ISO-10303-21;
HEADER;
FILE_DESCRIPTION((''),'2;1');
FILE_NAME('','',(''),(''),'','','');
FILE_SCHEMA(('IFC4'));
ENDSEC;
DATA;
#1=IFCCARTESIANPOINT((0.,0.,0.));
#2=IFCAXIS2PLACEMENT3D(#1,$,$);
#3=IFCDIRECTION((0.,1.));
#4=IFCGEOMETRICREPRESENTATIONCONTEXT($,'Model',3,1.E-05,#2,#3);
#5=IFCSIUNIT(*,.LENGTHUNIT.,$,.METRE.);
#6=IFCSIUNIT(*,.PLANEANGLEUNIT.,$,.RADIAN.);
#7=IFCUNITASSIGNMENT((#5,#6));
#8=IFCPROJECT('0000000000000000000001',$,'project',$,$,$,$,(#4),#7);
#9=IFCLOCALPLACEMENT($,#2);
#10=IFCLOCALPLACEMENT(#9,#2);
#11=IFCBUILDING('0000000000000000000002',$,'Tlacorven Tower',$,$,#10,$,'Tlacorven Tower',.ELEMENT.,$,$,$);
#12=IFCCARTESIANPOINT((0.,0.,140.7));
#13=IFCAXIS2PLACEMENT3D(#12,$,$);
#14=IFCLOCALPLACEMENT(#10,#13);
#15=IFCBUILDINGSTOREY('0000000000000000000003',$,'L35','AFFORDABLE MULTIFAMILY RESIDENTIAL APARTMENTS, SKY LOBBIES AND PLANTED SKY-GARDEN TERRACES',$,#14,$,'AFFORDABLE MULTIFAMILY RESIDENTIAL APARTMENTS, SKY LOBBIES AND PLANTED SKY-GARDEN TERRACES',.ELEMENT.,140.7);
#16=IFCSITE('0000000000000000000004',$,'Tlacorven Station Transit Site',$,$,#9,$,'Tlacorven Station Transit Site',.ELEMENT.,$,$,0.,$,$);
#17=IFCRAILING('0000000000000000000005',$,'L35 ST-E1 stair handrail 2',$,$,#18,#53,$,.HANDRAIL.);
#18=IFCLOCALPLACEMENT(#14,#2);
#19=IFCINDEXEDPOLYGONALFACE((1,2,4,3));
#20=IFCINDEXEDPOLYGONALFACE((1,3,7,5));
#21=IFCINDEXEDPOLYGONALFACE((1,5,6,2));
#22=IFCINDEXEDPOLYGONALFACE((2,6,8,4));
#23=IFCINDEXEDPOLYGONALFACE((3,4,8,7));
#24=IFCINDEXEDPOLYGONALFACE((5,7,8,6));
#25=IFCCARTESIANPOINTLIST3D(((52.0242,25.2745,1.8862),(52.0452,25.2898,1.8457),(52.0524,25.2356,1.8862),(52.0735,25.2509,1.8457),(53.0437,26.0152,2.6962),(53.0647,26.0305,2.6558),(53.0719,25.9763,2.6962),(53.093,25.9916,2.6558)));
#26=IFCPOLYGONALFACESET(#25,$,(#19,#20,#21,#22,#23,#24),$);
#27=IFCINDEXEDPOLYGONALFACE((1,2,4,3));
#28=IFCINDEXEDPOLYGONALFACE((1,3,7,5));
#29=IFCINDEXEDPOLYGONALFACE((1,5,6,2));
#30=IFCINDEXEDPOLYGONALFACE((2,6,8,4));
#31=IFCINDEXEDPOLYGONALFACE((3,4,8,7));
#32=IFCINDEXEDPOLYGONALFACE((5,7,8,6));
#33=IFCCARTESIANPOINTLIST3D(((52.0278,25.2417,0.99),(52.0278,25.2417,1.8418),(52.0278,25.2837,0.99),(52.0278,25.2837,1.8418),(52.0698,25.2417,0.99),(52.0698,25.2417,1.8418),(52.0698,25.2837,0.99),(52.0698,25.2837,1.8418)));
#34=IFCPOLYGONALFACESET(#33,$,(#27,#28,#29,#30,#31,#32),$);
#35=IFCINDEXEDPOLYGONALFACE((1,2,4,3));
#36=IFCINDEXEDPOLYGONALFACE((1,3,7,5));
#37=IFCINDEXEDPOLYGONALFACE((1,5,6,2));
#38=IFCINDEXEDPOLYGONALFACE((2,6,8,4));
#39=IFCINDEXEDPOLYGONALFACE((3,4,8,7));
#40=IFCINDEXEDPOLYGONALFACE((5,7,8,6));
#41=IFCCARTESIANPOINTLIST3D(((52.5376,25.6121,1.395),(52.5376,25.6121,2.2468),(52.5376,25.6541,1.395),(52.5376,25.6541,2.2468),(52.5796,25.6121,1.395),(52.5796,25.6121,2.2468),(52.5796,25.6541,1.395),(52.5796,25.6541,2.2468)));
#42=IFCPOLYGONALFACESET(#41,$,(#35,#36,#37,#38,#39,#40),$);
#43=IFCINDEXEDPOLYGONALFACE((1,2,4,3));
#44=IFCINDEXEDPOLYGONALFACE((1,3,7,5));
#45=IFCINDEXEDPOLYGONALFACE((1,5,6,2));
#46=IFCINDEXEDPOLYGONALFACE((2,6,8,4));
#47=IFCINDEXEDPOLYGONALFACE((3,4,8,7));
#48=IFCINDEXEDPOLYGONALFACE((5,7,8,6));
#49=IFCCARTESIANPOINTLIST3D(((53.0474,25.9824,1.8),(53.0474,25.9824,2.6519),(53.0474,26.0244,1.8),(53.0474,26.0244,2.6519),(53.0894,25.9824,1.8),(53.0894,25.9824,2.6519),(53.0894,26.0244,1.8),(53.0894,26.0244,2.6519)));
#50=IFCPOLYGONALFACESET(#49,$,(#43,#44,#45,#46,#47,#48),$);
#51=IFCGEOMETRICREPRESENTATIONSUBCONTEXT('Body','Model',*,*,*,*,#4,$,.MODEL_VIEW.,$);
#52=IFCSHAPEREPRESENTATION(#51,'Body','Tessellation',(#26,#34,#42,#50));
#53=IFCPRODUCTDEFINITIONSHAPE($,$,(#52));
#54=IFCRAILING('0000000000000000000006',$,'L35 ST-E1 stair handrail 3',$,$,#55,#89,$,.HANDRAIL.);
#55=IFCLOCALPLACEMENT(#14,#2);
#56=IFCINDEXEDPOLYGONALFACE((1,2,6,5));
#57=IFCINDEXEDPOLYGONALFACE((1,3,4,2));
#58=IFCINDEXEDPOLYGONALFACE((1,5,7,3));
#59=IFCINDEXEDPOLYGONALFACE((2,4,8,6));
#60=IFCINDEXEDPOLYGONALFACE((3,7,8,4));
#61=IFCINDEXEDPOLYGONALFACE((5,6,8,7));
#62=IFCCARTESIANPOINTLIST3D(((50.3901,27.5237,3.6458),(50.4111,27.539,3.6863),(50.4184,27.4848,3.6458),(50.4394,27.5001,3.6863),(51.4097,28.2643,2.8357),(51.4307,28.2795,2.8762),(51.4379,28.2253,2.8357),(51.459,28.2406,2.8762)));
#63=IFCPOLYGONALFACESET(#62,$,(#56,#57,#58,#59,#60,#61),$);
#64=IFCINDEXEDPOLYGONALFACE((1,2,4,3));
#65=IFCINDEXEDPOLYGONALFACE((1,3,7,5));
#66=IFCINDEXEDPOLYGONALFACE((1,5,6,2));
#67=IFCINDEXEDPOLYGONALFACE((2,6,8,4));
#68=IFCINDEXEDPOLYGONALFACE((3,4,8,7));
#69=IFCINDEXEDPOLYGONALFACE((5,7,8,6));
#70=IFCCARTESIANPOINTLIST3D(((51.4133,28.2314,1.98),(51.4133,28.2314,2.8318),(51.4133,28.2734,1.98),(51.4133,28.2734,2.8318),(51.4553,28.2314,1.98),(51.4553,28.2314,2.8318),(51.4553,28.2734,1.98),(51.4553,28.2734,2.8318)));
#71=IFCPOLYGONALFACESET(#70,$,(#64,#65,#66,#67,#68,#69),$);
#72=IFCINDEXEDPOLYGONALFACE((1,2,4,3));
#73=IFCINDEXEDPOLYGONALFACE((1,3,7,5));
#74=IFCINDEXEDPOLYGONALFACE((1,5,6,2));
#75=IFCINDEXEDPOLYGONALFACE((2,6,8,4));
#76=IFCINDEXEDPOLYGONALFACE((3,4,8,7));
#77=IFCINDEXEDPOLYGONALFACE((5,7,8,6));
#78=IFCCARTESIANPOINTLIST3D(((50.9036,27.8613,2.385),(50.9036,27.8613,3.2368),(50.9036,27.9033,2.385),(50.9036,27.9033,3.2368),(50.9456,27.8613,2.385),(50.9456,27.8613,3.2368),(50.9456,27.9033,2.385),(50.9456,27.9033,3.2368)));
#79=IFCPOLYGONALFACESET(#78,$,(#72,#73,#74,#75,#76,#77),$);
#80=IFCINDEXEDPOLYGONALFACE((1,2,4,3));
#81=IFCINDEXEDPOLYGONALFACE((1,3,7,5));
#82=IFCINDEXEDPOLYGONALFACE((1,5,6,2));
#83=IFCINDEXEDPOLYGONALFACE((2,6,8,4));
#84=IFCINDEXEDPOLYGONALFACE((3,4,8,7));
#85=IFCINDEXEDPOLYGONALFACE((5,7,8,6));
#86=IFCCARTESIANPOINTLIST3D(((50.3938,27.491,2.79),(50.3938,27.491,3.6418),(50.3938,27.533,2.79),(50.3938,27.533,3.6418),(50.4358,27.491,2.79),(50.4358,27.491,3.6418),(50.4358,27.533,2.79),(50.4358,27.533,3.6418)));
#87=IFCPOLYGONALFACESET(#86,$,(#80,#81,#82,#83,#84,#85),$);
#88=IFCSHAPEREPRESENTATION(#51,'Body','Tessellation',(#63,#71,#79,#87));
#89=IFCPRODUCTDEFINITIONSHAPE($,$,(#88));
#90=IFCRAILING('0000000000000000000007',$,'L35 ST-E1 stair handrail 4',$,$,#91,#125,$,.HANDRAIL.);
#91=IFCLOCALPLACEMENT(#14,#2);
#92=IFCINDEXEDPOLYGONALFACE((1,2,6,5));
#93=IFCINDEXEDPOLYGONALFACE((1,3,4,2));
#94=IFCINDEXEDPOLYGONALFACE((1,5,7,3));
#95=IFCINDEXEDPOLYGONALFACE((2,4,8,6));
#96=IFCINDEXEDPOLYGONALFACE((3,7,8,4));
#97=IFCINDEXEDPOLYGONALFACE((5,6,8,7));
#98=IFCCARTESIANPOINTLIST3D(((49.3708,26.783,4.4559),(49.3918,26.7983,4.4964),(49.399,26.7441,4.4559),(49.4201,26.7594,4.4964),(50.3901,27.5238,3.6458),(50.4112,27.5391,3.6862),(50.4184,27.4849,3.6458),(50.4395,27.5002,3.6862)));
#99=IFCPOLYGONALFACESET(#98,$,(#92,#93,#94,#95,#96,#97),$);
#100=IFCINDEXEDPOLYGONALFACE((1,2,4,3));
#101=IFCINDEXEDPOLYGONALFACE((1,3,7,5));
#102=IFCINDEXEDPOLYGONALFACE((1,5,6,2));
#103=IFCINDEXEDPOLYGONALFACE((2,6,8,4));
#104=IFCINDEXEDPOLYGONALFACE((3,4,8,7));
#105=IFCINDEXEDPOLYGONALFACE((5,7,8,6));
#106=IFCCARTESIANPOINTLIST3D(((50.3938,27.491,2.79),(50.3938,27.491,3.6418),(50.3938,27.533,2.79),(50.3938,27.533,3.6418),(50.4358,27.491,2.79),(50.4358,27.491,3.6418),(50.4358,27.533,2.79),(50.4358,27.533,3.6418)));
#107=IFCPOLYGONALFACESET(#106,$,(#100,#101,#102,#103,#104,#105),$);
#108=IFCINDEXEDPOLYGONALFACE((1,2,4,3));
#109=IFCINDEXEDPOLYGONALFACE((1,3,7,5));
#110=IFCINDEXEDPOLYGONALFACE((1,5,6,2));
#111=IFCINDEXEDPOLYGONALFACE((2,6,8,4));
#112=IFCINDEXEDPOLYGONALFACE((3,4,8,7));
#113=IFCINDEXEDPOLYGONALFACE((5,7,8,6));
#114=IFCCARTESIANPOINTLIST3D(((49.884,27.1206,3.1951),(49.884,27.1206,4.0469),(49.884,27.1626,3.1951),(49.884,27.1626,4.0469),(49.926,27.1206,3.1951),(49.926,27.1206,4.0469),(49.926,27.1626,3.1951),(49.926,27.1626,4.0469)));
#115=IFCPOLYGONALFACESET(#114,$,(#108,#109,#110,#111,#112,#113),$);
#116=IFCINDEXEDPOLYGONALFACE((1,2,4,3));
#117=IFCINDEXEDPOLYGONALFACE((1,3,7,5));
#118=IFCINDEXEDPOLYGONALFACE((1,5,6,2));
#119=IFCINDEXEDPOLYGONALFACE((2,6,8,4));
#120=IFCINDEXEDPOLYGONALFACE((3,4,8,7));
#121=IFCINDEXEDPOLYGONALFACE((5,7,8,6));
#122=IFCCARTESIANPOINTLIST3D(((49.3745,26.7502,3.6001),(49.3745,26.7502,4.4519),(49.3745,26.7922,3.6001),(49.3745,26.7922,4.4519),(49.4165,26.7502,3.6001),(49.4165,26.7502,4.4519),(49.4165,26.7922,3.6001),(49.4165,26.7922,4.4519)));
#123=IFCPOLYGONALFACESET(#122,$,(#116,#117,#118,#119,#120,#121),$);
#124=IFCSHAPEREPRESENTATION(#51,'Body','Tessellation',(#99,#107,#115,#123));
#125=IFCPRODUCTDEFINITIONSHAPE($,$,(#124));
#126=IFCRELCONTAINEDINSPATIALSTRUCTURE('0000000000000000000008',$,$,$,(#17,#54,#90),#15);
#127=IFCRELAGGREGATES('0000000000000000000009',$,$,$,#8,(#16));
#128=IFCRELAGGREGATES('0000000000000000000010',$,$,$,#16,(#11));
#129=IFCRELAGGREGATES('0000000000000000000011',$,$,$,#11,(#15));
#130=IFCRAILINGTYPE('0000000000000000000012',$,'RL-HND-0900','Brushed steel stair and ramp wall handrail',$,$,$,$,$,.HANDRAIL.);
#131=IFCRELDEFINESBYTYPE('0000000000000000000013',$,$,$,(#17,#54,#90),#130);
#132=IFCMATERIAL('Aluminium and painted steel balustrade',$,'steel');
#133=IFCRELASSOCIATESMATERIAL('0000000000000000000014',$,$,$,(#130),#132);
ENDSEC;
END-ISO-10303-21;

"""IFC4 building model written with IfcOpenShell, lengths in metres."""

from ifc_helpers import new_model, si_unit, direction, frame, origin, origin_2d, place, context, subcontext, project, spatial, rectangle, extrude, source, transform, mapped, material, type_object, element, save


model = new_model("IFC4")

# Units and contexts
model_context = context("Model", 3, precision=1e-05, world=origin(), true_north=direction((0.0, 1.0)))
body_context = subcontext(model_context, "Body", "Model", "MODEL_VIEW")
ifc_project = project(units=[si_unit("LENGTHUNIT", "METRE"), si_unit("PLANEANGLEUNIT", "RADIAN")], contexts=[model_context])

# Site, building, storey
site_placement = place(None, origin())
site = spatial("IfcSite", under=ifc_project, at=site_placement, Name="Tlacorven Station Transit Site", LongName="Tlacorven Station Transit Site", CompositionType="ELEMENT", RefElevation=0.0)
building_placement = place(site_placement, origin())
building = spatial("IfcBuilding", under=site, at=building_placement, Name="Tlacorven Tower", LongName="Tlacorven Tower", CompositionType="ELEMENT")
storey_placement = place(building_placement, frame((0.0, 0.0, 140.7)))
storey = spatial("IfcBuildingStorey", under=building, at=storey_placement, Name="L35", Description="AFFORDABLE MULTIFAMILY RESIDENTIAL APARTMENTS, SKY LOBBIES AND PLANTED SKY-GARDEN TERRACES", LongName="AFFORDABLE MULTIFAMILY RESIDENTIAL APARTMENTS, SKY LOBBIES AND PLANTED SKY-GARDEN TERRACES", CompositionType="ELEMENT", Elevation=140.7)

# Railings
ifc_material_1 = material(Name="Aluminium and painted steel balustrade", Category="steel")
railing_type_1 = type_object("IfcRailingType", Name="RL-HND-0900", Description="Brushed steel stair and ramp wall handrail", PredefinedType="HANDRAIL", material=ifc_material_1)
shared_shape_1 = source(origin(), body_context, "Body", "SweptSolid", [
    extrude(rectangle(XDim=0.0481, YDim=0.0481, at=origin_2d()), frame((0.0, 0.0, 0.876), z_axis=(0.680549, 0.494441, 0.540723), x_axis=(-0.58778, 0.809021, 0.0)), (0.0, 0.0, 1.0), 1.498),
    extrude(rectangle(XDim=0.042, YDim=0.042, at=origin_2d()), origin(), (0.0, 0.0, 1.0), 0.8518),
    extrude(rectangle(XDim=0.042, YDim=0.042, at=origin_2d()), frame((0.5098, 0.3704, 0.405)), (0.0, 0.0, 1.0), 0.8518),
    extrude(rectangle(XDim=0.042, YDim=0.042, at=origin_2d()), frame((1.0195, 0.7407, 0.8101)), (0.0, 0.0, 1.0), 0.8518),
])
railing_1_placement = place(storey_placement, frame((52.0488, 25.2627, 0.99)))
element("IfcRailing", 1, at=railing_1_placement, inside=storey, type_object=railing_type_1, Name="L35 ST-E1 stair handrail 2", PredefinedType="HANDRAIL", context=body_context, shape_type="MappedRepresentation", body=[
    mapped(shared_shape_1, transform((0.0, 0.0, 0.0), scale=1.0)),
])
shared_shape_2 = source(origin(), body_context, "Body", "SweptSolid", [
    extrude(rectangle(XDim=0.0481, YDim=0.0481, at=origin_2d()), frame((0.0, 0.0, 0.876), z_axis=(-0.680604, -0.494318, 0.540767), x_axis=(0.587653, -0.809113, 0.0)), (0.0, 0.0, 1.0), 1.498),
    extrude(rectangle(XDim=0.042, YDim=0.042, at=origin_2d()), origin(), (0.0, 0.0, 1.0), 0.8518),
    extrude(rectangle(XDim=0.042, YDim=0.042, at=origin_2d()), frame((-0.5098, -0.3701, 0.405)), (0.0, 0.0, 1.0), 0.8518),
    extrude(rectangle(XDim=0.042, YDim=0.042, at=origin_2d()), frame((-1.0195, -0.7405, 0.8101)), (0.0, 0.0, 1.0), 0.8518),
])
railing_2_placement = place(storey_placement, frame((51.4343, 28.2524, 1.98)))
element("IfcRailing", 2, at=railing_2_placement, inside=storey, type_object=railing_type_1, Name="L35 ST-E1 stair handrail 3", PredefinedType="HANDRAIL", context=body_context, shape_type="MappedRepresentation", body=[
    mapped(shared_shape_2, transform((0.0, 0.0, 0.0), scale=1.0)),
])
shared_shape_3 = source(origin(), body_context, "Body", "SweptSolid", [
    extrude(rectangle(XDim=0.0481, YDim=0.0481, at=origin_2d()), frame((0.0, 0.0, 0.876), z_axis=(-0.680461, -0.494496, 0.540783), x_axis=(0.587872, -0.808954, 0.0)), (0.0, 0.0, 1.0), 1.498),
    extrude(rectangle(XDim=0.042, YDim=0.042, at=origin_2d()), origin(), (0.0, 0.0, 1.0), 0.8518),
    extrude(rectangle(XDim=0.042, YDim=0.042, at=origin_2d()), frame((-0.5098, -0.3704, 0.405)), (0.0, 0.0, 1.0), 0.8518),
    extrude(rectangle(XDim=0.042, YDim=0.042, at=origin_2d()), frame((-1.0193, -0.7407, 0.8101)), (0.0, 0.0, 1.0), 0.8518),
])
railing_3_placement = place(storey_placement, frame((50.4148, 27.512, 2.79)))
element("IfcRailing", 3, at=railing_3_placement, inside=storey, type_object=railing_type_1, Name="L35 ST-E1 stair handrail 4", PredefinedType="HANDRAIL", context=body_context, shape_type="MappedRepresentation", body=[
    mapped(shared_shape_3, transform((0.0, 0.0, 0.0), scale=1.0)),
])

save(model, "model.ifc")
